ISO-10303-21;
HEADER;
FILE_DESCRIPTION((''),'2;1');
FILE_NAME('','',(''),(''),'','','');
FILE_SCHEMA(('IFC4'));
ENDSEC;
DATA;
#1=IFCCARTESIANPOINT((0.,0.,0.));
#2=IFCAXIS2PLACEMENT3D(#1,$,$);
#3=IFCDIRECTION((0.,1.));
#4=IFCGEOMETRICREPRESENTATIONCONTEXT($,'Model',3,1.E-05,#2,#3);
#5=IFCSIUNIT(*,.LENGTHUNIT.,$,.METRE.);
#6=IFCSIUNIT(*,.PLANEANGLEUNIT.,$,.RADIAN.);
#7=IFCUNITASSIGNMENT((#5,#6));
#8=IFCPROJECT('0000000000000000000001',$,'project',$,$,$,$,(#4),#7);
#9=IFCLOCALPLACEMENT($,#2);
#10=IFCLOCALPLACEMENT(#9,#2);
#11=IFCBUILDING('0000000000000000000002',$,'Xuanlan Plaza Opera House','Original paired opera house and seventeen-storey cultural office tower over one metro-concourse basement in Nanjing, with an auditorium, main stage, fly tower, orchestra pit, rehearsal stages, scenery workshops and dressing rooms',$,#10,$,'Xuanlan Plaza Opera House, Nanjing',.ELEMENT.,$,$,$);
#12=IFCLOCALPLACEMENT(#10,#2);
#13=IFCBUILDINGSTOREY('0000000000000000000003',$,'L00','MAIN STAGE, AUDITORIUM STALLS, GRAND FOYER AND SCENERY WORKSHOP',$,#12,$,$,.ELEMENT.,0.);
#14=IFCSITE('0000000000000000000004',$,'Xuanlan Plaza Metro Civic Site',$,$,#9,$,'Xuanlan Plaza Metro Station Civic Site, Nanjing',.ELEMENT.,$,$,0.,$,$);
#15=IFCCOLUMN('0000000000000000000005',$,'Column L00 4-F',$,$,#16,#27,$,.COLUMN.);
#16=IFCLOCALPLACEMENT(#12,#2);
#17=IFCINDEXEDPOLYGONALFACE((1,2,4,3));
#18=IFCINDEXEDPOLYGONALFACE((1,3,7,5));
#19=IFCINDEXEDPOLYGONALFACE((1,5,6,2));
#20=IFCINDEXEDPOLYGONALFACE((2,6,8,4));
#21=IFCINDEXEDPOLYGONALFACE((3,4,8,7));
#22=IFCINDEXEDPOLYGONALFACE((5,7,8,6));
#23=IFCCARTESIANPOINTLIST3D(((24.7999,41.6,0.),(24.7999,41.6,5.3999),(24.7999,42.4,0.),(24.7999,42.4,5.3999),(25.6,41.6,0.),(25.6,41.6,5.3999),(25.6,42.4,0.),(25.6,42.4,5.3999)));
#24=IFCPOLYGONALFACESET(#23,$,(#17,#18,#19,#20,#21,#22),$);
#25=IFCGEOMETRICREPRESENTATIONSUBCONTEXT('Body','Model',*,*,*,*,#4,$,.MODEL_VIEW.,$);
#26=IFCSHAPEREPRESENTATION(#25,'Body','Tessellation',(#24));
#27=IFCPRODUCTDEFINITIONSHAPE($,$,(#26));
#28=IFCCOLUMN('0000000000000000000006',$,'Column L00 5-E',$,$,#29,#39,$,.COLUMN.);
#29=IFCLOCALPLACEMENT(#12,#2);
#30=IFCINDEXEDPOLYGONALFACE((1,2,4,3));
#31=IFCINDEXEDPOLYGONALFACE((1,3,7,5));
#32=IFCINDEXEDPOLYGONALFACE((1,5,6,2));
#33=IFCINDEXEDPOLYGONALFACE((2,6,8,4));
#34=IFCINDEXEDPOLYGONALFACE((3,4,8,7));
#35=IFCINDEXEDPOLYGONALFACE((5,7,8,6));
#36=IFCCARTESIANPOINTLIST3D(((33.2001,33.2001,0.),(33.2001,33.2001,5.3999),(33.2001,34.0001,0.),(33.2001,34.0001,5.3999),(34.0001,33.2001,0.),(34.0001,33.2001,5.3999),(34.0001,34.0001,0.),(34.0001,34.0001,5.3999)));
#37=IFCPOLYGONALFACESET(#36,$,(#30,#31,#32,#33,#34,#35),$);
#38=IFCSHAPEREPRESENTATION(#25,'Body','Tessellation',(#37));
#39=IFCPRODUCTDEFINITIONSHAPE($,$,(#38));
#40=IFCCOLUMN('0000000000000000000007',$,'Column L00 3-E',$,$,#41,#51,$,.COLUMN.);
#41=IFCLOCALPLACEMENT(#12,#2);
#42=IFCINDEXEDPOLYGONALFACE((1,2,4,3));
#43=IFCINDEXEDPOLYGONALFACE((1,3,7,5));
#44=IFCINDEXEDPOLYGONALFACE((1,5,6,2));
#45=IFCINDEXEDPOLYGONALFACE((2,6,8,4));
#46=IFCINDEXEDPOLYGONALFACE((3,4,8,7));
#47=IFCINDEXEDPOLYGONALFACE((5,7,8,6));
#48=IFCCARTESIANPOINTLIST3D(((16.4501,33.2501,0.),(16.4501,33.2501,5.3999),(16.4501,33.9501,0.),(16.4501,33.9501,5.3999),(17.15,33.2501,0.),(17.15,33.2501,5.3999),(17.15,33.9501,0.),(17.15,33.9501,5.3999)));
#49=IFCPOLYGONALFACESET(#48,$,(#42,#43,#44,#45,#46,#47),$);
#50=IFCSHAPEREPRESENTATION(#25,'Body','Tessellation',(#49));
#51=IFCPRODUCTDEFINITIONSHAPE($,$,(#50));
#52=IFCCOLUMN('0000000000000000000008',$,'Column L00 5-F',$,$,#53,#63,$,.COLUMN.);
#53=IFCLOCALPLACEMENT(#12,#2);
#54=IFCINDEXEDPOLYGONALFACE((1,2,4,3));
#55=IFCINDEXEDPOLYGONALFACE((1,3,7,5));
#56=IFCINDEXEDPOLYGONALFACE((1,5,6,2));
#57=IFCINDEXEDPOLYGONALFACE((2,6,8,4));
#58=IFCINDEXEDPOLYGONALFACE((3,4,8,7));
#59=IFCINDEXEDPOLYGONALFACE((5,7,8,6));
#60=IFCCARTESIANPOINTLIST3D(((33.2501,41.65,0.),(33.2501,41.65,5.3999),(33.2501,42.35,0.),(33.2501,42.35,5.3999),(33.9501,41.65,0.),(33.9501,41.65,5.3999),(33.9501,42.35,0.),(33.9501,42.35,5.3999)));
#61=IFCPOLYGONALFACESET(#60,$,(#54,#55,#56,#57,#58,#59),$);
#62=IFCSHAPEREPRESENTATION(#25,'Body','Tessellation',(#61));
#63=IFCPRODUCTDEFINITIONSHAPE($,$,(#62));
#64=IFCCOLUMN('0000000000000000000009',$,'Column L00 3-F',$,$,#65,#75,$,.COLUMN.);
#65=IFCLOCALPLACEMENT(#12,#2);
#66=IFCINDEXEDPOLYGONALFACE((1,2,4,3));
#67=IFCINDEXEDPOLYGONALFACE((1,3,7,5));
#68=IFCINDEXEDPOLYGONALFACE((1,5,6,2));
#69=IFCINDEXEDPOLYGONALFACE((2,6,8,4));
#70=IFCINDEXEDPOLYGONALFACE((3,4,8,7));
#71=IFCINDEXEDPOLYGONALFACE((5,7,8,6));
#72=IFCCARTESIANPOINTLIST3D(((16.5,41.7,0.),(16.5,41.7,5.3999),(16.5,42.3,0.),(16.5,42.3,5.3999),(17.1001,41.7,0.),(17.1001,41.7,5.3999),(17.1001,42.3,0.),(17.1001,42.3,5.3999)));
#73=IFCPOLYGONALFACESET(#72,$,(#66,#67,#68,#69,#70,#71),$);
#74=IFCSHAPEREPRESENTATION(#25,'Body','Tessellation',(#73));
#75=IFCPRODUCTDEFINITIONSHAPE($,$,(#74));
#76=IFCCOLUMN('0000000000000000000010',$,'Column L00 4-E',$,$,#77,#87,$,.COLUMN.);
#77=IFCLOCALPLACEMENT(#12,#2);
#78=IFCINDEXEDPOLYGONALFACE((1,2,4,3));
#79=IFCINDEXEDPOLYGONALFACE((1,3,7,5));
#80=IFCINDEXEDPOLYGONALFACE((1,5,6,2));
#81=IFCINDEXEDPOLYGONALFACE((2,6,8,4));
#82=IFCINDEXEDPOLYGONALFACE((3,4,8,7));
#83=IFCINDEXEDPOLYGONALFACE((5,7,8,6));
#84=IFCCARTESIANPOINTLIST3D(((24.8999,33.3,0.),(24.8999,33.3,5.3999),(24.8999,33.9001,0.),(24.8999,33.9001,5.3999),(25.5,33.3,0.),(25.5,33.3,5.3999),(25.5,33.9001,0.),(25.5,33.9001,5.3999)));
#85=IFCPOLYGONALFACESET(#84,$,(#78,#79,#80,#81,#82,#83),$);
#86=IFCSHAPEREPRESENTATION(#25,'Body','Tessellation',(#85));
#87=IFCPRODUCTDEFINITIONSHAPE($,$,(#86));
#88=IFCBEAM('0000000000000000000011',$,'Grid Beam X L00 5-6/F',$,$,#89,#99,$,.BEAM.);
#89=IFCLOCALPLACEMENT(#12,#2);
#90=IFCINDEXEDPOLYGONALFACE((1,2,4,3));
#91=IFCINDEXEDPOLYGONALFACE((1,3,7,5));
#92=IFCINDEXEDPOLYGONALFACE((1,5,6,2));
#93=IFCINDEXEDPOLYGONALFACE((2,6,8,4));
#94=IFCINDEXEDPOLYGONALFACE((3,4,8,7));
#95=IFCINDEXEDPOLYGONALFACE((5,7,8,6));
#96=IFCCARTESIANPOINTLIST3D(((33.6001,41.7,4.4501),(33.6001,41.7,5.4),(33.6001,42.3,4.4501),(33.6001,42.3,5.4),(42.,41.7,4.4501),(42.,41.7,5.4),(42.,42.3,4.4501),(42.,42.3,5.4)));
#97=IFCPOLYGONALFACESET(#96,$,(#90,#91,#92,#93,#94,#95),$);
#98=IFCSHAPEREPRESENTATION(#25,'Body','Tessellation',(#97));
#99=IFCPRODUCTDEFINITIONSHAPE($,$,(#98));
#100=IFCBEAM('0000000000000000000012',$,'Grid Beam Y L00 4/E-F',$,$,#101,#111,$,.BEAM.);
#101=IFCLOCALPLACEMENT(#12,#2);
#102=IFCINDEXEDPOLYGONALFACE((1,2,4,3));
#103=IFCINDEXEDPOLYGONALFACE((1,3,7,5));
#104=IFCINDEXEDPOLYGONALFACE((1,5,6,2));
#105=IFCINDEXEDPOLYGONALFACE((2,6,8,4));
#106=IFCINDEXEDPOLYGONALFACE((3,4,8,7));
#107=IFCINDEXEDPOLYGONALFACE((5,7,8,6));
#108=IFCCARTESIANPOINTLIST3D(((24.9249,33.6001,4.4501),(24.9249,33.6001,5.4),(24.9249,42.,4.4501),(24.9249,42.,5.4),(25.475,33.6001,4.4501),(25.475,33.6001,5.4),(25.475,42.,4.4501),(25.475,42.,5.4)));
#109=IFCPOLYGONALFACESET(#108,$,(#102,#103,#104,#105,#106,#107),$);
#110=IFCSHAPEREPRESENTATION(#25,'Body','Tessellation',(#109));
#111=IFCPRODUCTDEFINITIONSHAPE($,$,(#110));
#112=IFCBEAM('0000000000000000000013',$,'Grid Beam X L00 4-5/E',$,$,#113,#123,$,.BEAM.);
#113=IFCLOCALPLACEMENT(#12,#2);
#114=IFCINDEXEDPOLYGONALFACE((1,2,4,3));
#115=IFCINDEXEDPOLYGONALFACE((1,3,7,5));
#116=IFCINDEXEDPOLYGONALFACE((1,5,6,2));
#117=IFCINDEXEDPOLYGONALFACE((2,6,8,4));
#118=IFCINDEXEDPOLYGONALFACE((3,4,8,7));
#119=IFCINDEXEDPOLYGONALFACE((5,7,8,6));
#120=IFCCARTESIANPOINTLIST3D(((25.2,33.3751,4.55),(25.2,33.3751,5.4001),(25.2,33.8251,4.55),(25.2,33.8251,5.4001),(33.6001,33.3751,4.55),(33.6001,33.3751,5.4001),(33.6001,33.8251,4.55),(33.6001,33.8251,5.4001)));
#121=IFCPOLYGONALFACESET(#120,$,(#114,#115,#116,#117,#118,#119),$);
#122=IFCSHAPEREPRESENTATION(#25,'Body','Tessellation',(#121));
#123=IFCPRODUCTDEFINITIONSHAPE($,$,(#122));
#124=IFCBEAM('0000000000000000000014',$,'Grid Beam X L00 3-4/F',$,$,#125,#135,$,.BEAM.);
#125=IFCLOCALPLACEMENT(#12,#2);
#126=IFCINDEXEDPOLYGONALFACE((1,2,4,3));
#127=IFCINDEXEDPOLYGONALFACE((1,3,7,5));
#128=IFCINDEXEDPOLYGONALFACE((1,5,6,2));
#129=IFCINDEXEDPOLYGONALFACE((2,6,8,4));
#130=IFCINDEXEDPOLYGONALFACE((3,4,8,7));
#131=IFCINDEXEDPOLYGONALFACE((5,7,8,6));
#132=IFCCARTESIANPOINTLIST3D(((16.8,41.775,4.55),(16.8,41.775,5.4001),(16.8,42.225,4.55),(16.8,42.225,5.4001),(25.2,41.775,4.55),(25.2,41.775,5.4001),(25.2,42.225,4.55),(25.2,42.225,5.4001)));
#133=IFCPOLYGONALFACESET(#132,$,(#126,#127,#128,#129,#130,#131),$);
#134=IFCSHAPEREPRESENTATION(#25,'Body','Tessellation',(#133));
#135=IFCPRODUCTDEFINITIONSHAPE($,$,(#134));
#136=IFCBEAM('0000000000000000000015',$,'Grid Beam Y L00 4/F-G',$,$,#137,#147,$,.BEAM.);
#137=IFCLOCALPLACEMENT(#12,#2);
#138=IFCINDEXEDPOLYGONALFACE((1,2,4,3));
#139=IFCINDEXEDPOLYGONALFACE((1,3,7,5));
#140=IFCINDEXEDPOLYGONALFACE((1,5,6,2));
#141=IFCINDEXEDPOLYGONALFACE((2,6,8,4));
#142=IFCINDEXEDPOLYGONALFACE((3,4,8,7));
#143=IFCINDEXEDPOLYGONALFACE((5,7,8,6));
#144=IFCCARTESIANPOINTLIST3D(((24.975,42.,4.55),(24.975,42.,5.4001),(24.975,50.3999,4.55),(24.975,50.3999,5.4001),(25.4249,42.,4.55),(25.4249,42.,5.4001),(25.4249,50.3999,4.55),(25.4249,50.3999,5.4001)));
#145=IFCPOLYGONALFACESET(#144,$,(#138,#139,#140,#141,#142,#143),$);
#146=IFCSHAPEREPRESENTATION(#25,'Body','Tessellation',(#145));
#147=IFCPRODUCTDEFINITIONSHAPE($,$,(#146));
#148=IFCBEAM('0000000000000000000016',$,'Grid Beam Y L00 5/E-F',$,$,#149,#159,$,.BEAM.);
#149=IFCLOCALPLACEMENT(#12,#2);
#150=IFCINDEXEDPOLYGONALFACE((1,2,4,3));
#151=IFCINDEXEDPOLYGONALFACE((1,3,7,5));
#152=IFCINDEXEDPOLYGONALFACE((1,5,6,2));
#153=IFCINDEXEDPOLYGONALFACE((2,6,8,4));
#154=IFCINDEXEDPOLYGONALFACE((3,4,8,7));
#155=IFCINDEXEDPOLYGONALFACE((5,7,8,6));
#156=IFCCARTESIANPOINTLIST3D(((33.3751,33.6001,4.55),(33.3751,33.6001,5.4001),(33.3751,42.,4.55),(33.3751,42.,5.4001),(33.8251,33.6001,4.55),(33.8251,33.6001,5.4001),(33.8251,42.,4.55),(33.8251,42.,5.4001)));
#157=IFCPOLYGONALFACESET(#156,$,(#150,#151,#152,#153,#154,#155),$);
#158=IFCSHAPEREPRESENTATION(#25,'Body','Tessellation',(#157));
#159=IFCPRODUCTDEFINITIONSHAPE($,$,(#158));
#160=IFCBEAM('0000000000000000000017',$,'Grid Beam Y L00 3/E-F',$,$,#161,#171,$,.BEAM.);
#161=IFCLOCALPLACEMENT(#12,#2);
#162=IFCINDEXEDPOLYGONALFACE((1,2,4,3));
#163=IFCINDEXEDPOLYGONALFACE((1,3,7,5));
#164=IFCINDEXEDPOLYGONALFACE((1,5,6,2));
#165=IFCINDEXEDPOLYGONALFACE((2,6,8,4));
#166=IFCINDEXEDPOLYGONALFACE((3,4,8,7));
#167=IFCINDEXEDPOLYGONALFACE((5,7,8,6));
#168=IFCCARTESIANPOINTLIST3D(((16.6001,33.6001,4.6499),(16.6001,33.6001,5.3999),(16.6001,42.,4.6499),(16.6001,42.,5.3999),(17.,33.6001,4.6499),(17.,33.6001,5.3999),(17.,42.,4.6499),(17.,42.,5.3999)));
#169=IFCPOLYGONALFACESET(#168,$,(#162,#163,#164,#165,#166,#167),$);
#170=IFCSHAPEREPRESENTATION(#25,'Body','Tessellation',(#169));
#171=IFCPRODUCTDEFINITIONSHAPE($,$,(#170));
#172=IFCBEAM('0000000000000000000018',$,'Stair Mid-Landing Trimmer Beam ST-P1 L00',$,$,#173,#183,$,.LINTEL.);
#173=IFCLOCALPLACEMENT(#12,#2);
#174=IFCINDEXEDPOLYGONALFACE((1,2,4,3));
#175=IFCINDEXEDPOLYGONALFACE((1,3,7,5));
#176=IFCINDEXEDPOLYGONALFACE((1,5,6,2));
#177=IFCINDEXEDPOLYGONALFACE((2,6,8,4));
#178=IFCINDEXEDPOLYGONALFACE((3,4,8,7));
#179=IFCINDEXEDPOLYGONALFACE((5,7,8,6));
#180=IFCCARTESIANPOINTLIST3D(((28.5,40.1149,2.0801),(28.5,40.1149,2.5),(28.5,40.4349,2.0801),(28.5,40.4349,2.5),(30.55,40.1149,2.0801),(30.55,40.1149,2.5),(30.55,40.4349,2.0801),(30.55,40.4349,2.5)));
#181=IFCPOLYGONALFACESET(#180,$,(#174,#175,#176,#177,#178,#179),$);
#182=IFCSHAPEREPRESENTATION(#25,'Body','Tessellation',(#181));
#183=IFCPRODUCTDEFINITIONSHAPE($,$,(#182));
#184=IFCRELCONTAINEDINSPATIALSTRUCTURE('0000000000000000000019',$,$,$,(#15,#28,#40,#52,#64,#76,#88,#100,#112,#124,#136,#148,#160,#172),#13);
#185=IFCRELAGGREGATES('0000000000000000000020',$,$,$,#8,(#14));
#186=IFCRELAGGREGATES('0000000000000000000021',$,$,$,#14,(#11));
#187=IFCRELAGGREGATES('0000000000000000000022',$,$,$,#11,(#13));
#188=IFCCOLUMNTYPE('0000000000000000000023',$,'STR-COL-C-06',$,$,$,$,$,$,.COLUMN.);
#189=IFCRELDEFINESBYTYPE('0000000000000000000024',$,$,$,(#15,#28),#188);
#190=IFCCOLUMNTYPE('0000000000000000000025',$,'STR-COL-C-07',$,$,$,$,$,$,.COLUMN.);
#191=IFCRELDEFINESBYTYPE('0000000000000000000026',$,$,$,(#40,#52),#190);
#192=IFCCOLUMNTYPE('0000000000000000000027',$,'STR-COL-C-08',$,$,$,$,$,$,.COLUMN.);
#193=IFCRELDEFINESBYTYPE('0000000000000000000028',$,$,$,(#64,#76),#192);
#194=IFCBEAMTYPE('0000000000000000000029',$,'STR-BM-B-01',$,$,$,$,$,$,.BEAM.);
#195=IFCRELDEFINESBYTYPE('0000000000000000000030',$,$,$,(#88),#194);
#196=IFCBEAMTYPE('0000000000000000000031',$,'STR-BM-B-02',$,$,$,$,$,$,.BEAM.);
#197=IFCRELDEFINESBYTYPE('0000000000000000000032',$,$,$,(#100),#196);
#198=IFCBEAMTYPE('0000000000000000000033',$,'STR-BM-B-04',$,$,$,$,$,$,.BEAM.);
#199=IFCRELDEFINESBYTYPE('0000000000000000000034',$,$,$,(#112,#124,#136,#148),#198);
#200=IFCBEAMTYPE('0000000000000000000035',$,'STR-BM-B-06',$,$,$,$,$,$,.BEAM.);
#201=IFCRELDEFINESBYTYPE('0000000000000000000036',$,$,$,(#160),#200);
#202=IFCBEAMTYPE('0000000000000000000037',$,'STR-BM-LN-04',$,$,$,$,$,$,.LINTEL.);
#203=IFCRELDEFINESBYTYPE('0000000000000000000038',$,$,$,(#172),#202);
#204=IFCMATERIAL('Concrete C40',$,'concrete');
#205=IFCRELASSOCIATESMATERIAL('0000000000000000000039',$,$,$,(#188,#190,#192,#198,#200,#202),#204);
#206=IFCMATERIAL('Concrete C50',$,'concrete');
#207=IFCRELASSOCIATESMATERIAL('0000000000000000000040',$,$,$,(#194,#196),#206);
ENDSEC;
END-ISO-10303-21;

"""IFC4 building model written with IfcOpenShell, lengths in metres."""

from ifc_helpers import new_model, si_unit, direction, frame, origin, origin_2d, place, context, subcontext, project, spatial, rectangle, extrude, material, material_profile, profile_set, type_object, element, save


model = new_model("IFC4")

# Units and contexts
model_context = context("Model", 3, precision=1e-05, world=origin(), true_north=direction((0.0, 1.0)))
body_context = subcontext(model_context, "Body", "Model", "MODEL_VIEW")
ifc_project = project(units=[si_unit("LENGTHUNIT", "METRE"), si_unit("PLANEANGLEUNIT", "RADIAN")], contexts=[model_context])

# Site, building, storey
site_placement = place(None, origin())
site = spatial("IfcSite", under=ifc_project, at=site_placement, Name="Xuanlan Plaza Metro Civic Site", LongName="Xuanlan Plaza Metro Station Civic Site, Nanjing", CompositionType="ELEMENT", RefElevation=0.0)
building_placement = place(site_placement, origin())
building = spatial("IfcBuilding", under=site, at=building_placement, Name="Xuanlan Plaza Opera House", Description="Original paired opera house and seventeen-storey cultural office tower over one metro-concourse basement in Nanjing, with an auditorium, main stage, fly tower, orchestra pit, rehearsal stages, scenery workshops and dressing rooms", LongName="Xuanlan Plaza Opera House, Nanjing", CompositionType="ELEMENT")
storey_placement = place(building_placement, origin())
storey = spatial("IfcBuildingStorey", under=building, at=storey_placement, Name="L00", Description="MAIN STAGE, AUDITORIUM STALLS, GRAND FOYER AND SCENERY WORKSHOP", CompositionType="ELEMENT", Elevation=0.0)

# Columns
ifc_material_1 = material(Name="Concrete C40", Category="concrete")
ifc_material_profile_1 = material_profile(ifc_material_1, rectangle(XDim=0.8, YDim=0.8, at=origin_2d()), Name="RC-COL 800x800")
ifc_profile_set_1 = profile_set([ifc_material_profile_1], Name="Concrete C40")
column_type_1 = type_object("IfcColumnType", Name="STR-COL-C-06", PredefinedType="COLUMN", material=ifc_profile_set_1)
for number, where, z_axis, x_axis, name in (
    (1, (25.2, 42.0, 0.0), (0.0, 0.0, 1.0), (1.0, 0.0, 0.0), "Column L00 4-F"),
    (2, (33.6001, 33.6001, 0.0), (0.0, 0.0, 1.0), (1.0, 0.0, 0.0), "Column L00 5-E"),
):
    element("IfcColumn", number, at=place(storey_placement, frame(where, z_axis=z_axis, x_axis=x_axis)), inside=storey, type_object=column_type_1, Name=name, PredefinedType="COLUMN", context=body_context, shape_type="SweptSolid", body=[
        extrude(rectangle(XDim=0.8, YDim=0.8, at=origin_2d()), origin(), (0.0, 0.0, 1.0), 5.3999),
    ])
ifc_material_profile_2 = material_profile(ifc_material_1, rectangle(XDim=0.7, YDim=0.7, at=origin_2d()), Name="RC-COL 700x700")
ifc_profile_set_2 = profile_set([ifc_material_profile_2], Name="Concrete C40")
column_type_2 = type_object("IfcColumnType", Name="STR-COL-C-07", PredefinedType="COLUMN", material=ifc_profile_set_2)
for number, where, z_axis, x_axis, name in (
    (3, (16.8, 33.6001, 0.0), (0.0, 0.0, 1.0), (1.0, 0.0, 0.0), "Column L00 3-E"),
    (4, (33.6001, 42.0, 0.0), (0.0, 0.0, 1.0), (1.0, 0.0, 0.0), "Column L00 5-F"),
):
    element("IfcColumn", number, at=place(storey_placement, frame(where, z_axis=z_axis, x_axis=x_axis)), inside=storey, type_object=column_type_2, Name=name, PredefinedType="COLUMN", context=body_context, shape_type="SweptSolid", body=[
        extrude(rectangle(XDim=0.7, YDim=0.7, at=origin_2d()), origin(), (0.0, 0.0, 1.0), 5.3999),
    ])
ifc_material_profile_3 = material_profile(ifc_material_1, rectangle(XDim=0.6001, YDim=0.6001, at=origin_2d()), Name="RC-COL 600x600")
ifc_profile_set_3 = profile_set([ifc_material_profile_3], Name="Concrete C40")
column_type_3 = type_object("IfcColumnType", Name="STR-COL-C-08", PredefinedType="COLUMN", material=ifc_profile_set_3)
for number, where, z_axis, x_axis, name in (
    (5, (16.8, 42.0, 0.0), (0.0, 0.0, 1.0), (1.0, 0.0, 0.0), "Column L00 3-F"),
    (6, (25.2, 33.6001, 0.0), (0.0, 0.0, 1.0), (1.0, 0.0, 0.0), "Column L00 4-E"),
):
    element("IfcColumn", number, at=place(storey_placement, frame(where, z_axis=z_axis, x_axis=x_axis)), inside=storey, type_object=column_type_3, Name=name, PredefinedType="COLUMN", context=body_context, shape_type="SweptSolid", body=[
        extrude(rectangle(XDim=0.6001, YDim=0.6001, at=origin_2d()), origin(), (0.0, 0.0, 1.0), 5.3999),
    ])

# Beams
ifc_material_2 = material(Name="Concrete C50", Category="concrete")
ifc_material_profile_4 = material_profile(ifc_material_2, rectangle(XDim=0.6001, YDim=0.95, at=origin_2d()), Name="RC-BM 600x950")
ifc_profile_set_4 = profile_set([ifc_material_profile_4], Name="Concrete C50")
beam_type_1 = type_object("IfcBeamType", Name="STR-BM-B-01", PredefinedType="BEAM", material=ifc_profile_set_4)
beam_1_placement = place(storey_placement, frame((33.6001, 42.0, 4.925), z_axis=(1.0, 0.0, 0.0), x_axis=(0.0, 1.0, 0.0)))
element("IfcBeam", 7, at=beam_1_placement, inside=storey, type_object=beam_type_1, Name="Grid Beam X L00 5-6/F", PredefinedType="BEAM", context=body_context, shape_type="SweptSolid", body=[
    extrude(rectangle(XDim=0.6001, YDim=0.95, at=origin_2d()), origin(), (0.0, 0.0, 1.0), 8.3999),
])
ifc_material_profile_5 = material_profile(ifc_material_2, rectangle(XDim=0.55, YDim=0.95, at=origin_2d()), Name="RC-BM 550x950")
ifc_profile_set_5 = profile_set([ifc_material_profile_5], Name="Concrete C50")
beam_type_2 = type_object("IfcBeamType", Name="STR-BM-B-02", PredefinedType="BEAM", material=ifc_profile_set_5)
beam_2_placement = place(storey_placement, frame((25.2, 33.6001, 4.925), z_axis=(0.0, 1.0, 0.0), x_axis=(-1.0, 0.0, 0.0)))
element("IfcBeam", 8, at=beam_2_placement, inside=storey, type_object=beam_type_2, Name="Grid Beam Y L00 4/E-F", PredefinedType="BEAM", context=body_context, shape_type="SweptSolid", body=[
    extrude(rectangle(XDim=0.55, YDim=0.95, at=origin_2d()), origin(), (0.0, 0.0, 1.0), 8.3999),
])
ifc_material_profile_6 = material_profile(ifc_material_1, rectangle(XDim=0.45, YDim=0.8501, at=origin_2d()), Name="RC-BM 450x850")
ifc_profile_set_6 = profile_set([ifc_material_profile_6], Name="Concrete C40")
beam_type_3 = type_object("IfcBeamType", Name="STR-BM-B-04", PredefinedType="BEAM", material=ifc_profile_set_6)
beam_3_placement = place(storey_placement, frame((25.2, 33.6001, 4.9751), z_axis=(1.0, 0.0, 0.0), x_axis=(0.0, 1.0, 0.0)))
element("IfcBeam", 9, at=beam_3_placement, inside=storey, type_object=beam_type_3, Name="Grid Beam X L00 4-5/E", PredefinedType="BEAM", context=body_context, shape_type="SweptSolid", body=[
    extrude(rectangle(XDim=0.45, YDim=0.8501, at=origin_2d()), origin(), (0.0, 0.0, 1.0), 8.4001),
])
for number, where, z_axis, x_axis, name in (
    (10, (16.8, 42.0, 4.9751), (1.0, 0.0, 0.0), (0.0, 1.0, 0.0), "Grid Beam X L00 3-4/F"),
    (11, (25.2, 42.0, 4.9751), (0.0, 1.0, 0.0), (-1.0, 0.0, 0.0), "Grid Beam Y L00 4/F-G"),
    (12, (33.6001, 33.6001, 4.9751), (0.0, 1.0, 0.0), (-1.0, 0.0, 0.0), "Grid Beam Y L00 5/E-F"),
):
    element("IfcBeam", number, at=place(storey_placement, frame(where, z_axis=z_axis, x_axis=x_axis)), inside=storey, type_object=beam_type_3, Name=name, PredefinedType="BEAM", context=body_context, shape_type="SweptSolid", body=[
        extrude(rectangle(XDim=0.45, YDim=0.8501, at=origin_2d()), origin(), (0.0, 0.0, 1.0), 8.3999),
    ])
ifc_material_profile_7 = material_profile(ifc_material_1, rectangle(XDim=0.3999, YDim=0.75, at=origin_2d()), Name="RC-BM 400x750")
ifc_profile_set_7 = profile_set([ifc_material_profile_7], Name="Concrete C40")
beam_type_4 = type_object("IfcBeamType", Name="STR-BM-B-06", PredefinedType="BEAM", material=ifc_profile_set_7)
beam_4_placement = place(storey_placement, frame((16.8, 33.6001, 5.0249), z_axis=(0.0, 1.0, 0.0), x_axis=(-1.0, 0.0, 0.0)))
element("IfcBeam", 13, at=beam_4_placement, inside=storey, type_object=beam_type_4, Name="Grid Beam Y L00 3/E-F", PredefinedType="BEAM", context=body_context, shape_type="SweptSolid", body=[
    extrude(rectangle(XDim=0.3999, YDim=0.75, at=origin_2d()), origin(), (0.0, 0.0, 1.0), 8.3999),
])
ifc_material_profile_8 = material_profile(ifc_material_1, rectangle(XDim=0.3201, YDim=0.4199, at=origin_2d()), Name="RC-LNT 320x420")
ifc_profile_set_8 = profile_set([ifc_material_profile_8], Name="Concrete C40")
beam_type_5 = type_object("IfcBeamType", Name="STR-BM-LN-04", PredefinedType="LINTEL", material=ifc_profile_set_8)
beam_5_placement = place(storey_placement, frame((28.5, 40.2749, 2.29), z_axis=(1.0, 0.0, 0.0), x_axis=(0.0, 1.0, 0.0)))
element("IfcBeam", 14, at=beam_5_placement, inside=storey, type_object=beam_type_5, Name="Stair Mid-Landing Trimmer Beam ST-P1 L00", PredefinedType="LINTEL", context=body_context, shape_type="SweptSolid", body=[
    extrude(rectangle(XDim=0.3201, YDim=0.4199, at=origin_2d()), origin(), (0.0, 0.0, 1.0), 2.05),
])

save(model, "model.ifc")
